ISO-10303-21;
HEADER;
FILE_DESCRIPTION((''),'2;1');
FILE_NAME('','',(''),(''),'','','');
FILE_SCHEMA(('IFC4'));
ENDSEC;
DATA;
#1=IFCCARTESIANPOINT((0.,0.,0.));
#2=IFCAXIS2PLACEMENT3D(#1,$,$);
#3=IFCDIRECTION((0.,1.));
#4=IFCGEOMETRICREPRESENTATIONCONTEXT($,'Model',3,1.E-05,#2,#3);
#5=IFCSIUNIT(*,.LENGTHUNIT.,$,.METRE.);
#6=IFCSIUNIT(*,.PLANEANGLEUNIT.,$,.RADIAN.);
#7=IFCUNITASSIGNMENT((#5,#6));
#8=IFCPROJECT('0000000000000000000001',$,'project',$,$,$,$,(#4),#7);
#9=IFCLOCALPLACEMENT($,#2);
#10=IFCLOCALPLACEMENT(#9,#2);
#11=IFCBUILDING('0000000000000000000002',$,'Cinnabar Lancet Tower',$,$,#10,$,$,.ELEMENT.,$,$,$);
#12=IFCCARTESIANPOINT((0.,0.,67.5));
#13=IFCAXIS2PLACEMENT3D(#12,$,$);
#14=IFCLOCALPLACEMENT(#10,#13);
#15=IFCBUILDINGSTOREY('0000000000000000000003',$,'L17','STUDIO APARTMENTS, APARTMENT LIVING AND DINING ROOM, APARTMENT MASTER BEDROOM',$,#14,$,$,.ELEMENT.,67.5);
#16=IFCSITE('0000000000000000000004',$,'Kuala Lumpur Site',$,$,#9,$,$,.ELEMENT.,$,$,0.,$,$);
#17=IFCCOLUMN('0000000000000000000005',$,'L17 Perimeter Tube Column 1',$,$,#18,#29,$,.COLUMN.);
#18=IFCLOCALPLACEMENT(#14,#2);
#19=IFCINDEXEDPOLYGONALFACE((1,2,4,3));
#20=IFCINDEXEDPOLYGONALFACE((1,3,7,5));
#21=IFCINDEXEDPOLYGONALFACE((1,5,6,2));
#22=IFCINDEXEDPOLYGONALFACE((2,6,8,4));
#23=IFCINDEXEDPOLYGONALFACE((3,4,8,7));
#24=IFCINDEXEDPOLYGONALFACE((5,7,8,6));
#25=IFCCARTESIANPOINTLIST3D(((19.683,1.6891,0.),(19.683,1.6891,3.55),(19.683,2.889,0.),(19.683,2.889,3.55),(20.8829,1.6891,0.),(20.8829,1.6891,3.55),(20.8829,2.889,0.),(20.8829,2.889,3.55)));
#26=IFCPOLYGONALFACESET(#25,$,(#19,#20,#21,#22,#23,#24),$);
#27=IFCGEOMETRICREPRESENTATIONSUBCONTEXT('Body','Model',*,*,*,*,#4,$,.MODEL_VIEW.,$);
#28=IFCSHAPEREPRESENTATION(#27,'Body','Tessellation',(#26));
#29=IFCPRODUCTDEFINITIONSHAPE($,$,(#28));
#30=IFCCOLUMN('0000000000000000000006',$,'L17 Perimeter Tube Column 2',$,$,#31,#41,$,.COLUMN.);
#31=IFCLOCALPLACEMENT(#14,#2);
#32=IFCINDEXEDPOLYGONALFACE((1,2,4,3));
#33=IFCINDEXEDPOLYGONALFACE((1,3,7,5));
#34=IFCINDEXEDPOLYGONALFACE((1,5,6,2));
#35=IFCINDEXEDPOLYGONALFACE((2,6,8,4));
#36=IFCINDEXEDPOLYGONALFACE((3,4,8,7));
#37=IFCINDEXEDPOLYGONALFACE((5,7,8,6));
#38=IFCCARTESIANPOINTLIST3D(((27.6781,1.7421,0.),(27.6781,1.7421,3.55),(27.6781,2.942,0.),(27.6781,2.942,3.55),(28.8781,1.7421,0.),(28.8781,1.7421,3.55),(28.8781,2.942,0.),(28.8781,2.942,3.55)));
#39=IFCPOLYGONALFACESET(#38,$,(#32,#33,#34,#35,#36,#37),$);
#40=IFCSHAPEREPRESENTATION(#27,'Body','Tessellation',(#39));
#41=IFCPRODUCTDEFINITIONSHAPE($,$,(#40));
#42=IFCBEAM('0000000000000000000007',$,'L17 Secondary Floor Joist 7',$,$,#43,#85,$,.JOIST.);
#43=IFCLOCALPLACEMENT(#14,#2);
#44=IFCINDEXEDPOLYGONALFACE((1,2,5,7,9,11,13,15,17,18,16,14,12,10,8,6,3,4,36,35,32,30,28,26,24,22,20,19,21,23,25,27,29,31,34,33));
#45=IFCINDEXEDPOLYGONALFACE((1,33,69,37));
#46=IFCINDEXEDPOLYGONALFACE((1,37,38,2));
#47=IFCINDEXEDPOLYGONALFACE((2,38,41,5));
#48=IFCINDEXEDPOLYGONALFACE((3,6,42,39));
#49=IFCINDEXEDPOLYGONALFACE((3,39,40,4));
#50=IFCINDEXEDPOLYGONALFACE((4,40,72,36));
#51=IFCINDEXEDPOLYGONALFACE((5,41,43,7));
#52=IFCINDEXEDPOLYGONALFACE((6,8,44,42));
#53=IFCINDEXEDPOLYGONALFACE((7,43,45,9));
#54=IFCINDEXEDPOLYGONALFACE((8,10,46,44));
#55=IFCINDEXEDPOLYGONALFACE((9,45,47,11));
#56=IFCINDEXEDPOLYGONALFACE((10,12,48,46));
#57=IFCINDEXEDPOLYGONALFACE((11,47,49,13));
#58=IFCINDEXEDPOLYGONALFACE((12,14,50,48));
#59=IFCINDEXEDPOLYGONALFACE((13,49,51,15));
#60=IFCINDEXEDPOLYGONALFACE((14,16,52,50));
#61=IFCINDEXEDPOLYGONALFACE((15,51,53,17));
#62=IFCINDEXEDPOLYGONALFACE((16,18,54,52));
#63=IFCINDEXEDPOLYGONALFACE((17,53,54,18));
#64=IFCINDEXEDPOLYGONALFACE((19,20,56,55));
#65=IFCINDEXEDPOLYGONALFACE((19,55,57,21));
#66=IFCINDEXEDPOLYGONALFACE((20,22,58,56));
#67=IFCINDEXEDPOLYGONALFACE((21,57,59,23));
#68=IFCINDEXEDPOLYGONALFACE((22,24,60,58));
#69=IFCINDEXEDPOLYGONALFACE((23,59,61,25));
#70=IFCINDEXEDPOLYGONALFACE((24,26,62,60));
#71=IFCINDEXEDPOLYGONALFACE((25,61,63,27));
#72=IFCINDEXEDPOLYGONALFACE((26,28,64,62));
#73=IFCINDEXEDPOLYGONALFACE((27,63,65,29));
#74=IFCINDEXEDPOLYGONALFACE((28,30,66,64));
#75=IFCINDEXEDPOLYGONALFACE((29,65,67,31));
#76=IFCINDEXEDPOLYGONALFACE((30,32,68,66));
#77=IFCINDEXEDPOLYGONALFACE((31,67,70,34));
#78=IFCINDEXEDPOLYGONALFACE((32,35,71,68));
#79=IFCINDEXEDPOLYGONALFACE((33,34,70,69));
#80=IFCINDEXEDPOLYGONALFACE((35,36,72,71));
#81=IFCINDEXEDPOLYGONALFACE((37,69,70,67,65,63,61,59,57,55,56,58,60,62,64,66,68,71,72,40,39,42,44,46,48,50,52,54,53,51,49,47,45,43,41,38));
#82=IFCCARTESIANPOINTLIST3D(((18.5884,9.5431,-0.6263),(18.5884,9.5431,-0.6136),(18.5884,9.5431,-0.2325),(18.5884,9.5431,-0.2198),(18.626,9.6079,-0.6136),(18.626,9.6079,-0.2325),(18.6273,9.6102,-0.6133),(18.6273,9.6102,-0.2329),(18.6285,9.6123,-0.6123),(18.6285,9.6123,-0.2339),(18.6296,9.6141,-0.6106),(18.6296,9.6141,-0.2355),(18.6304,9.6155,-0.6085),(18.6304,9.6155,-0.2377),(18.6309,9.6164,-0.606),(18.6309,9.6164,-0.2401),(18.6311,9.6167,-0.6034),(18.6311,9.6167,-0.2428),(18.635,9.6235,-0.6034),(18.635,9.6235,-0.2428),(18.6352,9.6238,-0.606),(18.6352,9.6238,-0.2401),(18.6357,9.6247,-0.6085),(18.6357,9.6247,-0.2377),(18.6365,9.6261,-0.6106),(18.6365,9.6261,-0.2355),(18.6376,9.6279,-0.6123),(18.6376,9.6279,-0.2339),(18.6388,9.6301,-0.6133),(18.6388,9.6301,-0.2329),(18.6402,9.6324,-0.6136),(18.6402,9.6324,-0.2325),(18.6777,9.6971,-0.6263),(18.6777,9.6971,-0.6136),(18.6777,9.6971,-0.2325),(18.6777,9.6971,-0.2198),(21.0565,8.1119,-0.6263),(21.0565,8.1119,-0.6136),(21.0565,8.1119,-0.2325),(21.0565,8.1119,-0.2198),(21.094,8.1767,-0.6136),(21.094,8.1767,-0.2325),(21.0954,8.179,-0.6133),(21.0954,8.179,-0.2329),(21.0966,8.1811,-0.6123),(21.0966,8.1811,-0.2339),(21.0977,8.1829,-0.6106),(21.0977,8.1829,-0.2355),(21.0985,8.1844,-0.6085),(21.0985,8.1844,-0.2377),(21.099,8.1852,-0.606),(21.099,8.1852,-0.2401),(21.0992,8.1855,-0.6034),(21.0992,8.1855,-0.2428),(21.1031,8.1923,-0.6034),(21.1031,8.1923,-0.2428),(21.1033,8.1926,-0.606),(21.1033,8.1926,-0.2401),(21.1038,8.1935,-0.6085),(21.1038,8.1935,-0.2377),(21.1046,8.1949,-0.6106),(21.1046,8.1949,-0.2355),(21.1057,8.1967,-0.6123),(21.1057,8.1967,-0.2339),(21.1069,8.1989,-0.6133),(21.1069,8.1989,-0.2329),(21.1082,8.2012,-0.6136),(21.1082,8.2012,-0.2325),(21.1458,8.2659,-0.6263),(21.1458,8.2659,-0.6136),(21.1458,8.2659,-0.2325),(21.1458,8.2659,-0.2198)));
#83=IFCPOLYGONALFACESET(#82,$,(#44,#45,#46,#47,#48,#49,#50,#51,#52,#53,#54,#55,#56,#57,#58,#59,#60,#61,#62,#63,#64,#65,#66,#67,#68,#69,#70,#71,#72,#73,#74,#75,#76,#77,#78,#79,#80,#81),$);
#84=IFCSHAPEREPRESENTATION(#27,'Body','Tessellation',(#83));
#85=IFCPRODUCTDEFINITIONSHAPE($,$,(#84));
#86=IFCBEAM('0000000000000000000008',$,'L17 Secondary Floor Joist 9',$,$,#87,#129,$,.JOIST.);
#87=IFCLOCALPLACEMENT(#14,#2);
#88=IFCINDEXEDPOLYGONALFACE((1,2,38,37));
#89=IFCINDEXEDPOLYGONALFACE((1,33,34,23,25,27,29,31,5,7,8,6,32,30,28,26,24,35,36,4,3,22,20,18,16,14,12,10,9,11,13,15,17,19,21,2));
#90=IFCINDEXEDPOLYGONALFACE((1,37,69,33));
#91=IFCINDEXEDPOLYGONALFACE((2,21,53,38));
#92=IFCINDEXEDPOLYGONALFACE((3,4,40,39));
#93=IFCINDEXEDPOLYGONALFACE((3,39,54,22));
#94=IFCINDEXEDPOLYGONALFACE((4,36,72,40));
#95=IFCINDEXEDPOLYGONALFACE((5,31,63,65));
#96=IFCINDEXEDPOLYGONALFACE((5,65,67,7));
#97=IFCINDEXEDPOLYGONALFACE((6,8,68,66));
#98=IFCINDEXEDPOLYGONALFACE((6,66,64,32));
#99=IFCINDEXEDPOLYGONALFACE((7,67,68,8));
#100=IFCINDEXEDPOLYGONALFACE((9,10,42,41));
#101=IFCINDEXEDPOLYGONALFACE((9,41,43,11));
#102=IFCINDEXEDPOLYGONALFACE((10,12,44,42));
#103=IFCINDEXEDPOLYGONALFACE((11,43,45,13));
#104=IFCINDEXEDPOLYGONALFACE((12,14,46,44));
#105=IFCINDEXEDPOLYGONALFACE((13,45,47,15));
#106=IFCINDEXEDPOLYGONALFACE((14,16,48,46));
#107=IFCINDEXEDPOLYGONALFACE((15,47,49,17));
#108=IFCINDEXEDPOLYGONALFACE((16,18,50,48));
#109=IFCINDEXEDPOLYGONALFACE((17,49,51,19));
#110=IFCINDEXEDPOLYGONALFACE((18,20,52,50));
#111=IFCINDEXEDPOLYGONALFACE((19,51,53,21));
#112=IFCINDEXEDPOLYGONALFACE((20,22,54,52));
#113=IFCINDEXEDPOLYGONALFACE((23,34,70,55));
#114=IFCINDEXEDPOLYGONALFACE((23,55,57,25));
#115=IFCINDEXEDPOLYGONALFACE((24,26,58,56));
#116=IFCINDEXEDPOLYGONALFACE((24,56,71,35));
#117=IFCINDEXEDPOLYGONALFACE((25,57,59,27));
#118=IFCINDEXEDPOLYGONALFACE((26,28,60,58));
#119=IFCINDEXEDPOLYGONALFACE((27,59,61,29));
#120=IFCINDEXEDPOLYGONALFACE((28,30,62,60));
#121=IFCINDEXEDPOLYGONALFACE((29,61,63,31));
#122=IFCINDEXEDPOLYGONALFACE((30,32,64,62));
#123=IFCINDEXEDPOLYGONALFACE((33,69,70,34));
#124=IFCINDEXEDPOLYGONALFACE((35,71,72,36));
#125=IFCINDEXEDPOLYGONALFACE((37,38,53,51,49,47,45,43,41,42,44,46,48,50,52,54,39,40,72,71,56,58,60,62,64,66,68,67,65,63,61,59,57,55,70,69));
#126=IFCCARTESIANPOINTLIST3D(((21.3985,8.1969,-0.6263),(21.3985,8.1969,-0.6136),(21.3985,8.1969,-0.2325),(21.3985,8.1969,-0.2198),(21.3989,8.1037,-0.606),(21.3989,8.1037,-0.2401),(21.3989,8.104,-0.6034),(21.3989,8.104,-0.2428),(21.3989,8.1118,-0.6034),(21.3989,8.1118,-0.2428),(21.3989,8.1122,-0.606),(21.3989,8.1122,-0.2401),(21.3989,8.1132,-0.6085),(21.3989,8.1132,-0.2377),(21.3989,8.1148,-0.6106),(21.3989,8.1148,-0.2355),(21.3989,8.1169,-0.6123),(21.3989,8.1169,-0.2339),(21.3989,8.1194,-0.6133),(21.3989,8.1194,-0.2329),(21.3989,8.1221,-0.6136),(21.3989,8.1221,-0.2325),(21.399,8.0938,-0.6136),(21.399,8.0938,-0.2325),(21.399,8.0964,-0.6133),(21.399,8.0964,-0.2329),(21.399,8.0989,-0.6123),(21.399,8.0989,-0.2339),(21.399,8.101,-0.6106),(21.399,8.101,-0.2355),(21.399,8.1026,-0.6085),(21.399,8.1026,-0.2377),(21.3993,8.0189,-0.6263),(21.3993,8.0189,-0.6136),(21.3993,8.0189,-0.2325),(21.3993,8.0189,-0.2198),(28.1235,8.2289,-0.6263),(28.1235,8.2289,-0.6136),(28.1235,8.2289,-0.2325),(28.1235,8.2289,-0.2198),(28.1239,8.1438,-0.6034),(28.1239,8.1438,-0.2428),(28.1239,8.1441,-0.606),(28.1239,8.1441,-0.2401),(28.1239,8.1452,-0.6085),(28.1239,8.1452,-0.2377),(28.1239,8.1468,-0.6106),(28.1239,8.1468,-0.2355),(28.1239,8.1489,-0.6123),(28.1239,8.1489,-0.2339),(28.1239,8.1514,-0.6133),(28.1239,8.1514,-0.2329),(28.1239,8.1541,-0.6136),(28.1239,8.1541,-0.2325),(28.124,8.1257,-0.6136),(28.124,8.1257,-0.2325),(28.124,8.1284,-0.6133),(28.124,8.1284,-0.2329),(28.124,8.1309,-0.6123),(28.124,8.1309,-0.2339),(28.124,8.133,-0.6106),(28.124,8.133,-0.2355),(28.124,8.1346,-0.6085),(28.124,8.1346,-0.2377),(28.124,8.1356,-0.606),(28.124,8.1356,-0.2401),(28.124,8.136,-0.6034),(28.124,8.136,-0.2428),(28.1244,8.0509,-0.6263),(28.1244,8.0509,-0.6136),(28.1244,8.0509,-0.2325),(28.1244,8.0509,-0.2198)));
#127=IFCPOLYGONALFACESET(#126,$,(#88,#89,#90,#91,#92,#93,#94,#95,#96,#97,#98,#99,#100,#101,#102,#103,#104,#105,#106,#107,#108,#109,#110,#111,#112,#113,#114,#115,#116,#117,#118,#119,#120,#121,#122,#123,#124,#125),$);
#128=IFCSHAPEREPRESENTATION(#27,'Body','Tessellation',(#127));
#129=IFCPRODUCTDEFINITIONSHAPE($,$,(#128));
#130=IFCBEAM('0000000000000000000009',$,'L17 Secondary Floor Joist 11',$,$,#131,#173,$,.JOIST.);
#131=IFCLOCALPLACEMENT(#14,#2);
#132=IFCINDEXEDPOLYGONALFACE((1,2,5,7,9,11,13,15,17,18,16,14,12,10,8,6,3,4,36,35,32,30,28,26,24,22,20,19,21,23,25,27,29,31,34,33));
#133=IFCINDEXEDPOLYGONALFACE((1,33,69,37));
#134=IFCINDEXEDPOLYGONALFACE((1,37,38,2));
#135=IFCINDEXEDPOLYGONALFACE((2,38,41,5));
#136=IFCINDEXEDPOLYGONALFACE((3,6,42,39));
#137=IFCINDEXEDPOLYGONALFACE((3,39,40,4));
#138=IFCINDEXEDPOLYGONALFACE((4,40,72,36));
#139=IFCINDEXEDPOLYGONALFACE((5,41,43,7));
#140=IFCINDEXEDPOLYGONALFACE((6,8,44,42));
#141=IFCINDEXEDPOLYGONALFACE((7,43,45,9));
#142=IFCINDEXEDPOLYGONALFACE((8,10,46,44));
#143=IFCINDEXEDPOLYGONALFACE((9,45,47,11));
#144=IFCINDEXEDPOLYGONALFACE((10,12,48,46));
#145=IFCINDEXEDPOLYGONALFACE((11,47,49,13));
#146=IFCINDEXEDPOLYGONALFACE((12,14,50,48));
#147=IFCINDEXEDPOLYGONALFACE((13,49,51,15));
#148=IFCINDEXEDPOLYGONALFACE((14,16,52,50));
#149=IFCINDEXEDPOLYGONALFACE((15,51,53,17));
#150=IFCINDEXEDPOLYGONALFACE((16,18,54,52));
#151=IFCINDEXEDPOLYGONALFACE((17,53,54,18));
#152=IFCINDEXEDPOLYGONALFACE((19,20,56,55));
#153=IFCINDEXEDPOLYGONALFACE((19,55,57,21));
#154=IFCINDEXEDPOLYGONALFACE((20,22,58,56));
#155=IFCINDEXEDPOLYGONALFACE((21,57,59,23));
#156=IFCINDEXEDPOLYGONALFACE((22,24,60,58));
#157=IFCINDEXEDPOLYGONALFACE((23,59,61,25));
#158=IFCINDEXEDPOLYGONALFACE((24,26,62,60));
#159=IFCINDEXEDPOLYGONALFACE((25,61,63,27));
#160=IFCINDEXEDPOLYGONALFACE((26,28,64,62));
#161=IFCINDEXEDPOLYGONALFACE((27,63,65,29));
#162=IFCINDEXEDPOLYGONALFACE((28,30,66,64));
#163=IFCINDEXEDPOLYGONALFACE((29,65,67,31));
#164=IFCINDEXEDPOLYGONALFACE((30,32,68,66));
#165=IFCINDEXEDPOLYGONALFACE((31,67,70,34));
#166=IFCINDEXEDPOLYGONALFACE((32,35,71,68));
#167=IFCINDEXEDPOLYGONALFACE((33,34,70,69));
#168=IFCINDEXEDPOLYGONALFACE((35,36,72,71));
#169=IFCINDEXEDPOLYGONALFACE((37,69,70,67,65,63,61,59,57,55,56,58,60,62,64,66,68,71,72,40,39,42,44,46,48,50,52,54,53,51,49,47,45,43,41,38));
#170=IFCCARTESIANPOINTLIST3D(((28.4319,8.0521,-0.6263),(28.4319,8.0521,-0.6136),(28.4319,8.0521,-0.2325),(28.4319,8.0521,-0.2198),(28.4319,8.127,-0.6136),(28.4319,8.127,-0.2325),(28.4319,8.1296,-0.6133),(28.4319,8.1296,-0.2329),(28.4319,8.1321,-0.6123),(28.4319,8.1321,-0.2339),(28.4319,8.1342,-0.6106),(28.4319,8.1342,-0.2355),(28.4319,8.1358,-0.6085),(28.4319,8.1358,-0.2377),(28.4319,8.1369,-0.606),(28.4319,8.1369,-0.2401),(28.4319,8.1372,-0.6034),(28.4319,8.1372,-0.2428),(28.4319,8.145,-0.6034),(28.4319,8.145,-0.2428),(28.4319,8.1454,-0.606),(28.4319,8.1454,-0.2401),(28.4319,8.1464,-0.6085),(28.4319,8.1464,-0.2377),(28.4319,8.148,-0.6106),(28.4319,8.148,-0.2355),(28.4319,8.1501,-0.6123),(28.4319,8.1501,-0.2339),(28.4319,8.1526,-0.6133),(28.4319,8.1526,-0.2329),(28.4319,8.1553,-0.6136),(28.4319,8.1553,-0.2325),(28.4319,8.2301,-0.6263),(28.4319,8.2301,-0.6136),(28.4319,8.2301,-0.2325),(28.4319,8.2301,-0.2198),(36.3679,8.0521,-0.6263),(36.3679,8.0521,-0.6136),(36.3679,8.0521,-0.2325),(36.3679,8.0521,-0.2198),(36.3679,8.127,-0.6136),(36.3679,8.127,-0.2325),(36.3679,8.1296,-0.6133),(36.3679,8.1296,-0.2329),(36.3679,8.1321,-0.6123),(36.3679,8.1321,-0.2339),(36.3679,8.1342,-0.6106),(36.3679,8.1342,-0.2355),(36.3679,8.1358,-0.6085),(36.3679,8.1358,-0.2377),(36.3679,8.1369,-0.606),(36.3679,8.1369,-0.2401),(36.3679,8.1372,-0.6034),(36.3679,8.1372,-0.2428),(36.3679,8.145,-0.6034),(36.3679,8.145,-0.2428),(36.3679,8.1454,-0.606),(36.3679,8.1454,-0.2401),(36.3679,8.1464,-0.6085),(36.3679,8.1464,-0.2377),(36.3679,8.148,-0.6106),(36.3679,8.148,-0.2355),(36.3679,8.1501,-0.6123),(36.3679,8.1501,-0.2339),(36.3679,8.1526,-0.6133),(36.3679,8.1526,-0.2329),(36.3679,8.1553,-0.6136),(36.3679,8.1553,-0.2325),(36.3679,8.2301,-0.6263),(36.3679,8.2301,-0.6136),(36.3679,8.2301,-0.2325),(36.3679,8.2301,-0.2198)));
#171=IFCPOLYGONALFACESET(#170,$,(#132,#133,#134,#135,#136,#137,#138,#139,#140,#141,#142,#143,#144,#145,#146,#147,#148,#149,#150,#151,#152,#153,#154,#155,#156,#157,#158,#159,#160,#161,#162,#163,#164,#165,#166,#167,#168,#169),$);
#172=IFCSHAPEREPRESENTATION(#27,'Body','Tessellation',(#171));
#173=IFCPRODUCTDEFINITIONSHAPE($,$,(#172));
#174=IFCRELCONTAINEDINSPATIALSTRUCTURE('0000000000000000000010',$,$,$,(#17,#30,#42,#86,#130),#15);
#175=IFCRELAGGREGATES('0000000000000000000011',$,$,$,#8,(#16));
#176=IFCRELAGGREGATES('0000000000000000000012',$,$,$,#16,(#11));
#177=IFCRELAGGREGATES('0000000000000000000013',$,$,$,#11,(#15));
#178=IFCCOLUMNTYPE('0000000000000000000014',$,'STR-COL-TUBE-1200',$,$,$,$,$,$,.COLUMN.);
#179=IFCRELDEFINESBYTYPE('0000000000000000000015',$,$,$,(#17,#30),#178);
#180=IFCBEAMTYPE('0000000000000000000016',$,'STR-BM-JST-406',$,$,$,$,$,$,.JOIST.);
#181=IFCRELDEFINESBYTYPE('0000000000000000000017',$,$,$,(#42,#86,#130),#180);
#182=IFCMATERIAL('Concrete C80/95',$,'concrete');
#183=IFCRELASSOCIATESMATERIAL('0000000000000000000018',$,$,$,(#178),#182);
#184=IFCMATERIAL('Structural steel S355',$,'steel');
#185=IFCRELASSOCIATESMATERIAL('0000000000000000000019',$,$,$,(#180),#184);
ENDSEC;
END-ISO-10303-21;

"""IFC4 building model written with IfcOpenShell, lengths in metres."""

from ifc_helpers import new_model, si_unit, direction, frame, origin, origin_2d, place, context, subcontext, project, spatial, rectangle, i_section, extrude, material, material_profile, profile_set, type_object, element, save


model = new_model("IFC4")

# Units and contexts
model_context = context("Model", 3, precision=1e-05, world=origin(), true_north=direction((0.0, 1.0)))
body_context = subcontext(model_context, "Body", "Model", "MODEL_VIEW")
ifc_project = project(units=[si_unit("LENGTHUNIT", "METRE"), si_unit("PLANEANGLEUNIT", "RADIAN")], contexts=[model_context])

# Site, building, storey
site_placement = place(None, origin())
site = spatial("IfcSite", under=ifc_project, at=site_placement, Name="Kuala Lumpur Site", CompositionType="ELEMENT", RefElevation=0.0)
building_placement = place(site_placement, origin())
building = spatial("IfcBuilding", under=site, at=building_placement, Name="Cinnabar Lancet Tower", CompositionType="ELEMENT")
storey_placement = place(building_placement, frame((0.0, 0.0, 67.5)))
storey = spatial("IfcBuildingStorey", under=building, at=storey_placement, Name="L17", Description="STUDIO APARTMENTS, APARTMENT LIVING AND DINING ROOM, APARTMENT MASTER BEDROOM", CompositionType="ELEMENT", Elevation=67.5)

# Columns
ifc_material_1 = material(Name="Concrete C80/95", Category="concrete")
ifc_material_profile_1 = material_profile(ifc_material_1, rectangle(XDim=1.2, YDim=1.2, at=origin_2d()), Name="RC-COL 1200x1200")
ifc_profile_set_1 = profile_set([ifc_material_profile_1], Name="Concrete C80/95")
column_type = type_object("IfcColumnType", Name="STR-COL-TUBE-1200", PredefinedType="COLUMN", material=ifc_profile_set_1)
for number, where, z_axis, x_axis, name in (
    (1, (20.283, 2.2891, 0.0), (0.0, 0.0, 1.0), (1.0, 0.0, 0.0), "L17 Perimeter Tube Column 1"),
    (2, (28.2781, 2.342, 0.0), (0.0, 0.0, 1.0), (1.0, 0.0, 0.0), "L17 Perimeter Tube Column 2"),
):
    element("IfcColumn", number, at=place(storey_placement, frame(where, z_axis=z_axis, x_axis=x_axis)), inside=storey, type_object=column_type, Name=name, PredefinedType="COLUMN", context=body_context, shape_type="SweptSolid", body=[
        extrude(rectangle(XDim=1.2, YDim=1.2, at=origin_2d()), origin(), (0.0, 0.0, 1.0), 3.55),
    ])

# Beams
ifc_material_2 = material(Name="Structural steel S355", Category="steel")
ifc_material_profile_2 = material_profile(ifc_material_2, i_section(OverallWidth=0.178, OverallDepth=0.4065, WebThickness=0.0078, FlangeThickness=0.0127, FilletRadius=0.0103, at=origin_2d()), Name="UKB 406x178x60")
ifc_profile_set_2 = profile_set([ifc_material_profile_2], Name="Structural steel S355")
beam_type_1 = type_object("IfcBeamType", Name="STR-BM-JST-406", PredefinedType="JOIST", material=ifc_profile_set_2)
beam_1_placement = place(storey_placement, frame((18.6331, 9.6201, -0.4231), z_axis=(0.865076, -0.50164, 0.0), x_axis=(0.50164, 0.865076, 0.0)))
element("IfcBeam", 3, at=beam_1_placement, inside=storey, type_object=beam_type_1, Name="L17 Secondary Floor Joist 7", PredefinedType="JOIST", context=body_context, shape_type="SweptSolid", body=[
    extrude(i_section(OverallWidth=0.178, OverallDepth=0.4065, WebThickness=0.0078, FlangeThickness=0.0127, FilletRadius=0.0103, at=origin_2d()), origin(), (0.0, 0.0, 1.0), 2.853),
])
beam_2_placement = place(storey_placement, frame((21.3989, 8.1079, -0.4231), z_axis=(0.999989, 0.004756, 0.0), x_axis=(-0.004756, 0.999989, 0.0)))
element("IfcBeam", 4, at=beam_2_placement, inside=storey, type_object=beam_type_1, Name="L17 Secondary Floor Joist 9", PredefinedType="JOIST", context=body_context, shape_type="SweptSolid", body=[
    extrude(i_section(OverallWidth=0.178, OverallDepth=0.4065, WebThickness=0.0078, FlangeThickness=0.0127, FilletRadius=0.0103, at=origin_2d()), origin(), (0.0, 0.0, 1.0), 6.7251),
])
beam_3_placement = place(storey_placement, frame((28.4319, 8.1411, -0.4231), z_axis=(1.0, 0.0, 0.0), x_axis=(0.0, 1.0, 0.0)))
element("IfcBeam", 5, at=beam_3_placement, inside=storey, type_object=beam_type_1, Name="L17 Secondary Floor Joist 11", PredefinedType="JOIST", context=body_context, shape_type="SweptSolid", body=[
    extrude(i_section(OverallWidth=0.178, OverallDepth=0.4065, WebThickness=0.0078, FlangeThickness=0.0127, FilletRadius=0.0103, at=origin_2d()), origin(), (0.0, 0.0, 1.0), 7.936),
])

save(model, "model.ifc")
